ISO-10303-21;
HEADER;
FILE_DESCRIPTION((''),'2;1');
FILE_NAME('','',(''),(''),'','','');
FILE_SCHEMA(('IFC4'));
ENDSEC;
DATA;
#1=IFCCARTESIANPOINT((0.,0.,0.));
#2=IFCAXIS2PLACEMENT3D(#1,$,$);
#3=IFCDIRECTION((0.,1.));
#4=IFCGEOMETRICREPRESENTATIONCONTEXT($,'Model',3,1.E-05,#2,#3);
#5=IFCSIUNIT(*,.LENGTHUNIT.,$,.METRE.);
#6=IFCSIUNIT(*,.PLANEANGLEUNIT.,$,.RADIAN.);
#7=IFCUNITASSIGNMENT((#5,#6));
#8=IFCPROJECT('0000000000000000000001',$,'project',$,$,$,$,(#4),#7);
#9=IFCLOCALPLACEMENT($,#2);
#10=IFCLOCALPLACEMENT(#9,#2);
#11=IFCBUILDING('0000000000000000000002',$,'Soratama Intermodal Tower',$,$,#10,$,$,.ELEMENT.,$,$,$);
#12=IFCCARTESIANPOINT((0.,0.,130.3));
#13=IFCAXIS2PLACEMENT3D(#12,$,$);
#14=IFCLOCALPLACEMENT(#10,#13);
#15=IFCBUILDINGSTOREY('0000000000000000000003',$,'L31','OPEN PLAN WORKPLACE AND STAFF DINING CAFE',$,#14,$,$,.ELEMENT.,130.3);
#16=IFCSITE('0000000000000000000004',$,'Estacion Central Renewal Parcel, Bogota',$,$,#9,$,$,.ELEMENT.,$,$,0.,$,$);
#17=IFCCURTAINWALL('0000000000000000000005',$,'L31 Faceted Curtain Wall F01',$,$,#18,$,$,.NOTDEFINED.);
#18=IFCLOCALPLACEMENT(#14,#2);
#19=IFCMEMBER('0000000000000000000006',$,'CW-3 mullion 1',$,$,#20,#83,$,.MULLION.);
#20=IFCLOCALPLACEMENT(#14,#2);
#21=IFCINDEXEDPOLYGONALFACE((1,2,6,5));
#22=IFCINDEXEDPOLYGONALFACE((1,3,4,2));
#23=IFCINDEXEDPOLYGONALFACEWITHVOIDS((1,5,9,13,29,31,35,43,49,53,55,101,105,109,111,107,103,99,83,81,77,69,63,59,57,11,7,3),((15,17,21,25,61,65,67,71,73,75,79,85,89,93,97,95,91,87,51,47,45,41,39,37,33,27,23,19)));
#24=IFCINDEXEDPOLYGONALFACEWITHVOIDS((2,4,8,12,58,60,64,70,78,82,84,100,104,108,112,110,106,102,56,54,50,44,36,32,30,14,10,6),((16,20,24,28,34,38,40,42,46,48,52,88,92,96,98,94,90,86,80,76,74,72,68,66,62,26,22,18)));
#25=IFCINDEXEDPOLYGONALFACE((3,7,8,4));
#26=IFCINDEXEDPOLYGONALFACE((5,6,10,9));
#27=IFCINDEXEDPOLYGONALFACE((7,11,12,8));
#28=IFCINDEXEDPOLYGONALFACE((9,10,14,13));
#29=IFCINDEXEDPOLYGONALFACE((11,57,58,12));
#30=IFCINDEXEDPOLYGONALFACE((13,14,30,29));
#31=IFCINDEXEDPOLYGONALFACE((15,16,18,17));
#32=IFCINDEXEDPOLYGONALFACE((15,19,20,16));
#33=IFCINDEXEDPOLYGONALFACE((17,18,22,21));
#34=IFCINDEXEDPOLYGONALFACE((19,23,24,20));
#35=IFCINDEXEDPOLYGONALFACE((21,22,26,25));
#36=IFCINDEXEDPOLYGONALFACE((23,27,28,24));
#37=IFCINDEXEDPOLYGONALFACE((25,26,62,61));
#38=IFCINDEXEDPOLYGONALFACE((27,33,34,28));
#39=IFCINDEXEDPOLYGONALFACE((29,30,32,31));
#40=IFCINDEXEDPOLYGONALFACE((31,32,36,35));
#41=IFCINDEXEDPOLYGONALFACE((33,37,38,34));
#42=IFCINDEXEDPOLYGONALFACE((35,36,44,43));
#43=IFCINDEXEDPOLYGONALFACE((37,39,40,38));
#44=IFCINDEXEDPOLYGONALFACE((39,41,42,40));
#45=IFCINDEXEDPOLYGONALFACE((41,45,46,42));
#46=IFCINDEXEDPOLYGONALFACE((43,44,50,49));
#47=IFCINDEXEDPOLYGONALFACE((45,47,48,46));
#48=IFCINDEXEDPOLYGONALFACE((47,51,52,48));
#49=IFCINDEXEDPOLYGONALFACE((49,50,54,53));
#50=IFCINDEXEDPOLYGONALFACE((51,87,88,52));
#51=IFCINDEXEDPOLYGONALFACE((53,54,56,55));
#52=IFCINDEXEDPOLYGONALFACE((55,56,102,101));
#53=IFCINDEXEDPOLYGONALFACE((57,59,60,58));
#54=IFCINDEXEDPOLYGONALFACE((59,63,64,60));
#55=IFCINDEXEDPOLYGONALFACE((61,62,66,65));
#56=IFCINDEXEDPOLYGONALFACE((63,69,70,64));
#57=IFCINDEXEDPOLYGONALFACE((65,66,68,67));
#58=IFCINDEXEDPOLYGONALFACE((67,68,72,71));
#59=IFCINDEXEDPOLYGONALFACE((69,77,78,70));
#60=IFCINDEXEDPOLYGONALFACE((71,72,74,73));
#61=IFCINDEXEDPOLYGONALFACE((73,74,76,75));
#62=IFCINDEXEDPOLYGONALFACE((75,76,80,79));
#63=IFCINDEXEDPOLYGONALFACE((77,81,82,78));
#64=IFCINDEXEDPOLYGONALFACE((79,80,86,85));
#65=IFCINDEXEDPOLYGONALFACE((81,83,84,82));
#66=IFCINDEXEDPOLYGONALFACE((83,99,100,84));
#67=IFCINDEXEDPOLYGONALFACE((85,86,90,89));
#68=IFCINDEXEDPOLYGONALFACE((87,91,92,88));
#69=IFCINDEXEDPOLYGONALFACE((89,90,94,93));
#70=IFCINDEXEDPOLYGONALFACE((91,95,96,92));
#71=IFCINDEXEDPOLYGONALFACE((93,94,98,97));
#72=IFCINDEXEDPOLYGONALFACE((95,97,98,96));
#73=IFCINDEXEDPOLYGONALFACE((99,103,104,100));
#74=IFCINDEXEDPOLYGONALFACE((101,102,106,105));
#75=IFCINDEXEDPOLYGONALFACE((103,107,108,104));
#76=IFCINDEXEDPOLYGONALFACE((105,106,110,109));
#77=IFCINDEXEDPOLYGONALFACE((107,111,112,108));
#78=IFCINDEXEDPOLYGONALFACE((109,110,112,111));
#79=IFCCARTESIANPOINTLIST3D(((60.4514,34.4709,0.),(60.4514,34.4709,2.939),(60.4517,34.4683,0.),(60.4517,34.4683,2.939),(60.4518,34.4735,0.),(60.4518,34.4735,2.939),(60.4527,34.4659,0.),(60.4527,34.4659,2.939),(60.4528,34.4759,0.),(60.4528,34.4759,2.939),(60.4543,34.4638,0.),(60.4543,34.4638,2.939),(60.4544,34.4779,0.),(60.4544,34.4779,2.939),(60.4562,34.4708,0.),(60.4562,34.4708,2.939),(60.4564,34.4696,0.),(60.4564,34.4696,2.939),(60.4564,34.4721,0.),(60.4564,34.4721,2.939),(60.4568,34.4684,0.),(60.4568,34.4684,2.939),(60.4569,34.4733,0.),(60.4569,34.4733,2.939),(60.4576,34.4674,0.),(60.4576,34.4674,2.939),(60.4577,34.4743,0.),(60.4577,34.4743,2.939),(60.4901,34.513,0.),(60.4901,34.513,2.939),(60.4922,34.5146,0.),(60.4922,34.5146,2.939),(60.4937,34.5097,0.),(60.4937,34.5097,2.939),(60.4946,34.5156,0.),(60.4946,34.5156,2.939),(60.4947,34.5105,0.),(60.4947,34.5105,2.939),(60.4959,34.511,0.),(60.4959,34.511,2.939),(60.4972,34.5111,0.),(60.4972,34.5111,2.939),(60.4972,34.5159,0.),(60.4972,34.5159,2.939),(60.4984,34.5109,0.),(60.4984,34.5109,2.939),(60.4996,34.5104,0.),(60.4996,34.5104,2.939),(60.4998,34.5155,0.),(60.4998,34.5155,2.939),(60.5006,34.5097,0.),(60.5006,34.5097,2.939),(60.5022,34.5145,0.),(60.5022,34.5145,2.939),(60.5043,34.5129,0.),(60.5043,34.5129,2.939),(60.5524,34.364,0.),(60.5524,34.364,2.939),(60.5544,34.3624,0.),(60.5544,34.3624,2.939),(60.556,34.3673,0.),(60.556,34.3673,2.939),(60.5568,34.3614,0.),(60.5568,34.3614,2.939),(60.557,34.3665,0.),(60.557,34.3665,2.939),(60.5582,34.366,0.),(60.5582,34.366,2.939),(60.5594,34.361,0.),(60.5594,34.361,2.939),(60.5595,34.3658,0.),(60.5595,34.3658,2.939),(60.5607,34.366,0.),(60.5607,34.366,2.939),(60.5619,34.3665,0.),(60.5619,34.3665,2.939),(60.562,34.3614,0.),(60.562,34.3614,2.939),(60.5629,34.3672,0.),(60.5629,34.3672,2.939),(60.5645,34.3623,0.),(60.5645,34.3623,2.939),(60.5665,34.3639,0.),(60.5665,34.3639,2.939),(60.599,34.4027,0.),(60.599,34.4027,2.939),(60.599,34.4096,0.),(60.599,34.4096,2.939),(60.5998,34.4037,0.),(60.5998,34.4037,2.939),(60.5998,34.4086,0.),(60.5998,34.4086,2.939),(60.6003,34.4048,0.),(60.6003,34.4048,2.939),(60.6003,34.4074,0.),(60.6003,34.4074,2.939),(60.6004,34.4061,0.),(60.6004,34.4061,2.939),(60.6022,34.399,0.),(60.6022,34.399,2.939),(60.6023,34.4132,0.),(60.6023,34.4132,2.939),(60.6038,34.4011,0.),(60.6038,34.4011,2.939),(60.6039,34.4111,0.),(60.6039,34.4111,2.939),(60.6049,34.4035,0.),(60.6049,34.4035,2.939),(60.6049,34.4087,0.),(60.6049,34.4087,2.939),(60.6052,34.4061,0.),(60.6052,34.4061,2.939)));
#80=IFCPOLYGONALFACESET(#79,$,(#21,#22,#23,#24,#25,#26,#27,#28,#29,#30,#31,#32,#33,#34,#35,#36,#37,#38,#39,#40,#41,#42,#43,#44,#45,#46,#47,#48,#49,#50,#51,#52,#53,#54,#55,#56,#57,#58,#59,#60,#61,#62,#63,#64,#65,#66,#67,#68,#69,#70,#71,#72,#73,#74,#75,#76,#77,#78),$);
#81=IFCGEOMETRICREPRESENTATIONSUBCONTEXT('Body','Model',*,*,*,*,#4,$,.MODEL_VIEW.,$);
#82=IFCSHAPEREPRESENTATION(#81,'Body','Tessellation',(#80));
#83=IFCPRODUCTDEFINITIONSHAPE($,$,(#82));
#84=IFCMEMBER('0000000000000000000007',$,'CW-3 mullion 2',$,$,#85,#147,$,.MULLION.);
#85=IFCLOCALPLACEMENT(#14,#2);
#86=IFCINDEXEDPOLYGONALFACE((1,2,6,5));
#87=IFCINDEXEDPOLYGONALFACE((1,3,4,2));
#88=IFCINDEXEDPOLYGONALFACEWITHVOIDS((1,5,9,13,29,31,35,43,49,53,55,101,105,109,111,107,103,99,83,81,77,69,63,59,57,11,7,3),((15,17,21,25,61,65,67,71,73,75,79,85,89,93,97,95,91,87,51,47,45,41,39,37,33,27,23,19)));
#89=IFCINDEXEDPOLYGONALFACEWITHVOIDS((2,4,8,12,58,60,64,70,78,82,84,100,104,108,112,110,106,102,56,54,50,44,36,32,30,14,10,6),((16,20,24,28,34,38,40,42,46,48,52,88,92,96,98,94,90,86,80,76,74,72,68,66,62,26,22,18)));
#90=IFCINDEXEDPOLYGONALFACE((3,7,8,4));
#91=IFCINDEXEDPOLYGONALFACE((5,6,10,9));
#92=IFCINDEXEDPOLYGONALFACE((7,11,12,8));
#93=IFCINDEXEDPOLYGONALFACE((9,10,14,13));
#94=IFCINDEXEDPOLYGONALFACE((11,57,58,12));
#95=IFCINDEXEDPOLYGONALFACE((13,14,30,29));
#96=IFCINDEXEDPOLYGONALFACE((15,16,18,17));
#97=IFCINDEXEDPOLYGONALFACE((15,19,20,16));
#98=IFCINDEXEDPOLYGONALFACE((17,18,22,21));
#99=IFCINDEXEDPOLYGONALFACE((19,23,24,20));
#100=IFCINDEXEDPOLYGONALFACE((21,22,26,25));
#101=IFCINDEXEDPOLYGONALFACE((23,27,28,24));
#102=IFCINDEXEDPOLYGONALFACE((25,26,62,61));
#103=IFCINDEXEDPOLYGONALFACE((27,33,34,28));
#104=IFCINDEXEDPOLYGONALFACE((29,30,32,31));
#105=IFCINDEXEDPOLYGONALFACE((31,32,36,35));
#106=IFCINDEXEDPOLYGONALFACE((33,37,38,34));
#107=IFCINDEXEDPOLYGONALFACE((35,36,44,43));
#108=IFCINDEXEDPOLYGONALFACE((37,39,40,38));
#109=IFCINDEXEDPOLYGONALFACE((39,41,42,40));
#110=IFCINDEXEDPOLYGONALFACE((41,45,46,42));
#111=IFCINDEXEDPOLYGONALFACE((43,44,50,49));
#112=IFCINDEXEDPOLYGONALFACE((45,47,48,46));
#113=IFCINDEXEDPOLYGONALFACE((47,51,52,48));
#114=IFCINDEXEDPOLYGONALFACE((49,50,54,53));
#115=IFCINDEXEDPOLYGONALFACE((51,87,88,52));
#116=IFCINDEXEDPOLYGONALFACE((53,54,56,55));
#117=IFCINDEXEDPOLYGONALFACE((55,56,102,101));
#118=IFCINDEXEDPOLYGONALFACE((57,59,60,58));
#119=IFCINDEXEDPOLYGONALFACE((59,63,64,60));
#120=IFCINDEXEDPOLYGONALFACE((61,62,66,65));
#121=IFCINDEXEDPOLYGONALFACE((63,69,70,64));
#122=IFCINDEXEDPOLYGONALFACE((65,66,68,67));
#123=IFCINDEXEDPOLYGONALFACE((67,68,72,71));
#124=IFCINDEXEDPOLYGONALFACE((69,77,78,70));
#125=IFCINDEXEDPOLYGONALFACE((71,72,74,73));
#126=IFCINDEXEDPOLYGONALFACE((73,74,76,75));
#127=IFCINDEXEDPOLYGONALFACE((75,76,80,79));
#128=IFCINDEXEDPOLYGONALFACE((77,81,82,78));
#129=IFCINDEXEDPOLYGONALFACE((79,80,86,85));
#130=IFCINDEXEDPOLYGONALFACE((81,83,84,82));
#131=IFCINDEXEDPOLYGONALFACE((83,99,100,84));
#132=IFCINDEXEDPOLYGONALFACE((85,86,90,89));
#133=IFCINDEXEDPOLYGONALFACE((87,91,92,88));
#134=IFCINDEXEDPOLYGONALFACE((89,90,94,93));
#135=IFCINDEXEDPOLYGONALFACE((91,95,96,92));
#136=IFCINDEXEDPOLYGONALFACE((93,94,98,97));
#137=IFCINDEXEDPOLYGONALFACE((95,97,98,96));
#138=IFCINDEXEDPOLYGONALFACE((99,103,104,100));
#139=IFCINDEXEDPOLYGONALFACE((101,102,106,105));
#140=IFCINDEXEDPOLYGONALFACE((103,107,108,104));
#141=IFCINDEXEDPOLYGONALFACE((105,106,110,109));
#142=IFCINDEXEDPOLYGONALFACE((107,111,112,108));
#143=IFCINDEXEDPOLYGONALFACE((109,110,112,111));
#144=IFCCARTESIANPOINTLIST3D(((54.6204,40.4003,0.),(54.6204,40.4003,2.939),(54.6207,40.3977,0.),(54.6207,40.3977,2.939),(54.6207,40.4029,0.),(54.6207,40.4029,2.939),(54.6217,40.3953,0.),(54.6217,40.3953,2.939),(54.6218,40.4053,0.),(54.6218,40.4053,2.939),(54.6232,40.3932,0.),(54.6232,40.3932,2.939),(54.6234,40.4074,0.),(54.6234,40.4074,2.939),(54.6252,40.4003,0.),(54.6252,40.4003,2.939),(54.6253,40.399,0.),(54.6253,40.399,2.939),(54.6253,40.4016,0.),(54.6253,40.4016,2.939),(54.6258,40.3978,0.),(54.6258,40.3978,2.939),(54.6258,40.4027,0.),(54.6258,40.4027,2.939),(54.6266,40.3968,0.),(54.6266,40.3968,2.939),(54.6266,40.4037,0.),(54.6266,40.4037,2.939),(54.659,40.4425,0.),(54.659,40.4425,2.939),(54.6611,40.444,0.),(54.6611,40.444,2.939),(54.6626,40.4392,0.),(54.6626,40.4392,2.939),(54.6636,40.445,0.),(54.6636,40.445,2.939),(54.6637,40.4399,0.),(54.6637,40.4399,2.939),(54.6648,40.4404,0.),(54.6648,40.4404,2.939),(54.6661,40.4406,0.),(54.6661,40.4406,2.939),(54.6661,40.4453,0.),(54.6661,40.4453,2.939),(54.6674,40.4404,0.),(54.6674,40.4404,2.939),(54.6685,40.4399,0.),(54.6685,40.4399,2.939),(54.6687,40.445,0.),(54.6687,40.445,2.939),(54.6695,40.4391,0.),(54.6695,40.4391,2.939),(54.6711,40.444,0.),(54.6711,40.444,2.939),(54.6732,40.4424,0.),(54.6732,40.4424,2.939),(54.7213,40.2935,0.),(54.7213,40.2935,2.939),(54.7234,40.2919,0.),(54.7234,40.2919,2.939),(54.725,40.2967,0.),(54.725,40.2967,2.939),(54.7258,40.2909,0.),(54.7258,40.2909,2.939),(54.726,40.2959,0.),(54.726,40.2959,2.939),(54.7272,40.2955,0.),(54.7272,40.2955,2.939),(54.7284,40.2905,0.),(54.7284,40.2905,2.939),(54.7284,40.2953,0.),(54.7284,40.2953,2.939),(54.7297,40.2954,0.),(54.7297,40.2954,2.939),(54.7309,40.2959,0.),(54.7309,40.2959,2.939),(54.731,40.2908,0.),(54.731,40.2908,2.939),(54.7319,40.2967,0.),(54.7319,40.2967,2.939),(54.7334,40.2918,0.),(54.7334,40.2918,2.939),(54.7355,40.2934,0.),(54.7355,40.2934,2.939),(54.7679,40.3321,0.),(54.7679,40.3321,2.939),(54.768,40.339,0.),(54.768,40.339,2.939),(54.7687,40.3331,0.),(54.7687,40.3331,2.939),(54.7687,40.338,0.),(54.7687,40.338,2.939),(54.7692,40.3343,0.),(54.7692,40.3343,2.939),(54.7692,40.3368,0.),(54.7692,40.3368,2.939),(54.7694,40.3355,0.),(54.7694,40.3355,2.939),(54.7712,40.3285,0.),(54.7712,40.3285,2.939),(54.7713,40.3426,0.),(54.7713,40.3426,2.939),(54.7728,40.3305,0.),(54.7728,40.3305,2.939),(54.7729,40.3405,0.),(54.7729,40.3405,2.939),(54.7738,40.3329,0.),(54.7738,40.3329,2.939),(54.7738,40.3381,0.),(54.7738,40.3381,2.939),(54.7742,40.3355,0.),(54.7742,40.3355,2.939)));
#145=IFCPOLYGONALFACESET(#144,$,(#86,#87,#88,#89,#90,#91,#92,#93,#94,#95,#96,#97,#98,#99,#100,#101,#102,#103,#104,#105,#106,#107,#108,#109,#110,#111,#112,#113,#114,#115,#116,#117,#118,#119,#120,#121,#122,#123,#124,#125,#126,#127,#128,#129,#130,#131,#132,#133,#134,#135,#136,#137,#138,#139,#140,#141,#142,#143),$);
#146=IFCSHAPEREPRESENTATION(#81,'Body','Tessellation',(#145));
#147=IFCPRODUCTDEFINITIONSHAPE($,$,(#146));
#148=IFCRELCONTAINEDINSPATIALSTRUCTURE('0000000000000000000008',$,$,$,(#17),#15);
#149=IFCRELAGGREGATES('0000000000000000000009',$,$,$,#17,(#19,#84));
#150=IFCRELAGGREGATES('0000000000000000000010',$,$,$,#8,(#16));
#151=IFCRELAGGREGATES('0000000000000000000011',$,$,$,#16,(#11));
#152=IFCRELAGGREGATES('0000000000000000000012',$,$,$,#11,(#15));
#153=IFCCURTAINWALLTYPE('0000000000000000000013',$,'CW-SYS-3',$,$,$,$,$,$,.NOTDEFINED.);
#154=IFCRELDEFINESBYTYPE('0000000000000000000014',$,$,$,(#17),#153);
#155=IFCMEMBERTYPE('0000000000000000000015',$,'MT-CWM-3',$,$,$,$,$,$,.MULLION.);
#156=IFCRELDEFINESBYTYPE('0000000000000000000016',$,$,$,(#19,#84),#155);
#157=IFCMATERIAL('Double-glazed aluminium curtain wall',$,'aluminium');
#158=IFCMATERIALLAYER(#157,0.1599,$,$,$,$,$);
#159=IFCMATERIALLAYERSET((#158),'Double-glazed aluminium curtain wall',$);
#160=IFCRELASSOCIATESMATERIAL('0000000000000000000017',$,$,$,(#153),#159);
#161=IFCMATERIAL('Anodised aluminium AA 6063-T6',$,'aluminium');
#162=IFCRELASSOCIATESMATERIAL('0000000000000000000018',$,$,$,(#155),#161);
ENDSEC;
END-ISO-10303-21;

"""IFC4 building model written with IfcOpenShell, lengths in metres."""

from ifc_helpers import new_model, si_unit, direction, frame, origin, origin_2d, place, context, subcontext, project, spatial, hollow_rectangle, extrude, material, layer, layer_set, material_profile, profile_set, type_object, element, aggregate, save


model = new_model("IFC4")

# Units and contexts
model_context = context("Model", 3, precision=1e-05, world=origin(), true_north=direction((0.0, 1.0)))
body_context = subcontext(model_context, "Body", "Model", "MODEL_VIEW")
ifc_project = project(units=[si_unit("LENGTHUNIT", "METRE"), si_unit("PLANEANGLEUNIT", "RADIAN")], contexts=[model_context])

# Site, building, storey
site_placement = place(None, origin())
site = spatial("IfcSite", under=ifc_project, at=site_placement, Name="Estacion Central Renewal Parcel, Bogota", CompositionType="ELEMENT", RefElevation=0.0)
building_placement = place(site_placement, origin())
building = spatial("IfcBuilding", under=site, at=building_placement, Name="Soratama Intermodal Tower", CompositionType="ELEMENT")
storey_placement = place(building_placement, frame((0.0, 0.0, 130.3)))
storey = spatial("IfcBuildingStorey", under=building, at=storey_placement, Name="L31", Description="OPEN PLAN WORKPLACE AND STAFF DINING CAFE", CompositionType="ELEMENT", Elevation=130.3)

# Curtain wall, members
ifc_material_1 = material(Name="Double-glazed aluminium curtain wall", Category="aluminium")
ifc_layer_1 = layer(ifc_material_1, 0.1599)
ifc_layer_set_1 = layer_set([ifc_layer_1], Name="Double-glazed aluminium curtain wall")
curtain_wall_type = type_object("IfcCurtainWallType", Name="CW-SYS-3", PredefinedType="NOTDEFINED", material=ifc_layer_set_1)
curtain_wall_1_placement = place(storey_placement, origin())
curtain_wall_1 = element("IfcCurtainWall", 1, at=curtain_wall_1_placement, inside=storey, type_object=curtain_wall_type, Name="L31 Faceted Curtain Wall F01", PredefinedType="NOTDEFINED")
ifc_material_2 = material(Name="Anodised aluminium AA 6063-T6", Category="aluminium")
ifc_material_profile_1 = material_profile(ifc_material_2, hollow_rectangle(XDim=0.0701, YDim=0.1599, WallThickness=0.0049, InnerFilletRadius=0.0049, OuterFilletRadius=0.01, at=origin_2d()), Name="CWM160X70X5")
ifc_profile_set_1 = profile_set([ifc_material_profile_1], Name="Anodised aluminium AA 6063-T6")
member_type_1 = type_object("IfcMemberType", Name="MT-CWM-3", PredefinedType="MULLION", material=ifc_profile_set_1)
member_1_placement = place(storey_placement, frame((60.5283, 34.4385, 0.0), z_axis=(0.0, 0.0, 1.0), x_axis=(-0.713009, -0.701154, 0.0)))
member_1 = element("IfcMember", 2, at=member_1_placement, type_object=member_type_1, Name="CW-3 mullion 1", PredefinedType="MULLION", context=body_context, shape_type="SweptSolid", body=[
    extrude(hollow_rectangle(XDim=0.0701, YDim=0.1599, WallThickness=0.0049, InnerFilletRadius=0.0049, OuterFilletRadius=0.01, at=origin_2d()), origin(), (0.0, 0.0, 1.0), 2.939),
])
member_2_placement = place(storey_placement, frame((54.6973, 40.3679, 0.0), z_axis=(0.0, 0.0, 1.0), x_axis=(-0.713009, -0.701154, 0.0)))
member_2 = element("IfcMember", 3, at=member_2_placement, type_object=member_type_1, Name="CW-3 mullion 2", PredefinedType="MULLION", context=body_context, shape_type="SweptSolid", body=[
    extrude(hollow_rectangle(XDim=0.0701, YDim=0.1599, WallThickness=0.0049, InnerFilletRadius=0.0049, OuterFilletRadius=0.01, at=origin_2d()), origin(), (0.0, 0.0, 1.0), 2.939),
])

aggregate(curtain_wall_1, [member_1, member_2])

save(model, "model.ifc")
